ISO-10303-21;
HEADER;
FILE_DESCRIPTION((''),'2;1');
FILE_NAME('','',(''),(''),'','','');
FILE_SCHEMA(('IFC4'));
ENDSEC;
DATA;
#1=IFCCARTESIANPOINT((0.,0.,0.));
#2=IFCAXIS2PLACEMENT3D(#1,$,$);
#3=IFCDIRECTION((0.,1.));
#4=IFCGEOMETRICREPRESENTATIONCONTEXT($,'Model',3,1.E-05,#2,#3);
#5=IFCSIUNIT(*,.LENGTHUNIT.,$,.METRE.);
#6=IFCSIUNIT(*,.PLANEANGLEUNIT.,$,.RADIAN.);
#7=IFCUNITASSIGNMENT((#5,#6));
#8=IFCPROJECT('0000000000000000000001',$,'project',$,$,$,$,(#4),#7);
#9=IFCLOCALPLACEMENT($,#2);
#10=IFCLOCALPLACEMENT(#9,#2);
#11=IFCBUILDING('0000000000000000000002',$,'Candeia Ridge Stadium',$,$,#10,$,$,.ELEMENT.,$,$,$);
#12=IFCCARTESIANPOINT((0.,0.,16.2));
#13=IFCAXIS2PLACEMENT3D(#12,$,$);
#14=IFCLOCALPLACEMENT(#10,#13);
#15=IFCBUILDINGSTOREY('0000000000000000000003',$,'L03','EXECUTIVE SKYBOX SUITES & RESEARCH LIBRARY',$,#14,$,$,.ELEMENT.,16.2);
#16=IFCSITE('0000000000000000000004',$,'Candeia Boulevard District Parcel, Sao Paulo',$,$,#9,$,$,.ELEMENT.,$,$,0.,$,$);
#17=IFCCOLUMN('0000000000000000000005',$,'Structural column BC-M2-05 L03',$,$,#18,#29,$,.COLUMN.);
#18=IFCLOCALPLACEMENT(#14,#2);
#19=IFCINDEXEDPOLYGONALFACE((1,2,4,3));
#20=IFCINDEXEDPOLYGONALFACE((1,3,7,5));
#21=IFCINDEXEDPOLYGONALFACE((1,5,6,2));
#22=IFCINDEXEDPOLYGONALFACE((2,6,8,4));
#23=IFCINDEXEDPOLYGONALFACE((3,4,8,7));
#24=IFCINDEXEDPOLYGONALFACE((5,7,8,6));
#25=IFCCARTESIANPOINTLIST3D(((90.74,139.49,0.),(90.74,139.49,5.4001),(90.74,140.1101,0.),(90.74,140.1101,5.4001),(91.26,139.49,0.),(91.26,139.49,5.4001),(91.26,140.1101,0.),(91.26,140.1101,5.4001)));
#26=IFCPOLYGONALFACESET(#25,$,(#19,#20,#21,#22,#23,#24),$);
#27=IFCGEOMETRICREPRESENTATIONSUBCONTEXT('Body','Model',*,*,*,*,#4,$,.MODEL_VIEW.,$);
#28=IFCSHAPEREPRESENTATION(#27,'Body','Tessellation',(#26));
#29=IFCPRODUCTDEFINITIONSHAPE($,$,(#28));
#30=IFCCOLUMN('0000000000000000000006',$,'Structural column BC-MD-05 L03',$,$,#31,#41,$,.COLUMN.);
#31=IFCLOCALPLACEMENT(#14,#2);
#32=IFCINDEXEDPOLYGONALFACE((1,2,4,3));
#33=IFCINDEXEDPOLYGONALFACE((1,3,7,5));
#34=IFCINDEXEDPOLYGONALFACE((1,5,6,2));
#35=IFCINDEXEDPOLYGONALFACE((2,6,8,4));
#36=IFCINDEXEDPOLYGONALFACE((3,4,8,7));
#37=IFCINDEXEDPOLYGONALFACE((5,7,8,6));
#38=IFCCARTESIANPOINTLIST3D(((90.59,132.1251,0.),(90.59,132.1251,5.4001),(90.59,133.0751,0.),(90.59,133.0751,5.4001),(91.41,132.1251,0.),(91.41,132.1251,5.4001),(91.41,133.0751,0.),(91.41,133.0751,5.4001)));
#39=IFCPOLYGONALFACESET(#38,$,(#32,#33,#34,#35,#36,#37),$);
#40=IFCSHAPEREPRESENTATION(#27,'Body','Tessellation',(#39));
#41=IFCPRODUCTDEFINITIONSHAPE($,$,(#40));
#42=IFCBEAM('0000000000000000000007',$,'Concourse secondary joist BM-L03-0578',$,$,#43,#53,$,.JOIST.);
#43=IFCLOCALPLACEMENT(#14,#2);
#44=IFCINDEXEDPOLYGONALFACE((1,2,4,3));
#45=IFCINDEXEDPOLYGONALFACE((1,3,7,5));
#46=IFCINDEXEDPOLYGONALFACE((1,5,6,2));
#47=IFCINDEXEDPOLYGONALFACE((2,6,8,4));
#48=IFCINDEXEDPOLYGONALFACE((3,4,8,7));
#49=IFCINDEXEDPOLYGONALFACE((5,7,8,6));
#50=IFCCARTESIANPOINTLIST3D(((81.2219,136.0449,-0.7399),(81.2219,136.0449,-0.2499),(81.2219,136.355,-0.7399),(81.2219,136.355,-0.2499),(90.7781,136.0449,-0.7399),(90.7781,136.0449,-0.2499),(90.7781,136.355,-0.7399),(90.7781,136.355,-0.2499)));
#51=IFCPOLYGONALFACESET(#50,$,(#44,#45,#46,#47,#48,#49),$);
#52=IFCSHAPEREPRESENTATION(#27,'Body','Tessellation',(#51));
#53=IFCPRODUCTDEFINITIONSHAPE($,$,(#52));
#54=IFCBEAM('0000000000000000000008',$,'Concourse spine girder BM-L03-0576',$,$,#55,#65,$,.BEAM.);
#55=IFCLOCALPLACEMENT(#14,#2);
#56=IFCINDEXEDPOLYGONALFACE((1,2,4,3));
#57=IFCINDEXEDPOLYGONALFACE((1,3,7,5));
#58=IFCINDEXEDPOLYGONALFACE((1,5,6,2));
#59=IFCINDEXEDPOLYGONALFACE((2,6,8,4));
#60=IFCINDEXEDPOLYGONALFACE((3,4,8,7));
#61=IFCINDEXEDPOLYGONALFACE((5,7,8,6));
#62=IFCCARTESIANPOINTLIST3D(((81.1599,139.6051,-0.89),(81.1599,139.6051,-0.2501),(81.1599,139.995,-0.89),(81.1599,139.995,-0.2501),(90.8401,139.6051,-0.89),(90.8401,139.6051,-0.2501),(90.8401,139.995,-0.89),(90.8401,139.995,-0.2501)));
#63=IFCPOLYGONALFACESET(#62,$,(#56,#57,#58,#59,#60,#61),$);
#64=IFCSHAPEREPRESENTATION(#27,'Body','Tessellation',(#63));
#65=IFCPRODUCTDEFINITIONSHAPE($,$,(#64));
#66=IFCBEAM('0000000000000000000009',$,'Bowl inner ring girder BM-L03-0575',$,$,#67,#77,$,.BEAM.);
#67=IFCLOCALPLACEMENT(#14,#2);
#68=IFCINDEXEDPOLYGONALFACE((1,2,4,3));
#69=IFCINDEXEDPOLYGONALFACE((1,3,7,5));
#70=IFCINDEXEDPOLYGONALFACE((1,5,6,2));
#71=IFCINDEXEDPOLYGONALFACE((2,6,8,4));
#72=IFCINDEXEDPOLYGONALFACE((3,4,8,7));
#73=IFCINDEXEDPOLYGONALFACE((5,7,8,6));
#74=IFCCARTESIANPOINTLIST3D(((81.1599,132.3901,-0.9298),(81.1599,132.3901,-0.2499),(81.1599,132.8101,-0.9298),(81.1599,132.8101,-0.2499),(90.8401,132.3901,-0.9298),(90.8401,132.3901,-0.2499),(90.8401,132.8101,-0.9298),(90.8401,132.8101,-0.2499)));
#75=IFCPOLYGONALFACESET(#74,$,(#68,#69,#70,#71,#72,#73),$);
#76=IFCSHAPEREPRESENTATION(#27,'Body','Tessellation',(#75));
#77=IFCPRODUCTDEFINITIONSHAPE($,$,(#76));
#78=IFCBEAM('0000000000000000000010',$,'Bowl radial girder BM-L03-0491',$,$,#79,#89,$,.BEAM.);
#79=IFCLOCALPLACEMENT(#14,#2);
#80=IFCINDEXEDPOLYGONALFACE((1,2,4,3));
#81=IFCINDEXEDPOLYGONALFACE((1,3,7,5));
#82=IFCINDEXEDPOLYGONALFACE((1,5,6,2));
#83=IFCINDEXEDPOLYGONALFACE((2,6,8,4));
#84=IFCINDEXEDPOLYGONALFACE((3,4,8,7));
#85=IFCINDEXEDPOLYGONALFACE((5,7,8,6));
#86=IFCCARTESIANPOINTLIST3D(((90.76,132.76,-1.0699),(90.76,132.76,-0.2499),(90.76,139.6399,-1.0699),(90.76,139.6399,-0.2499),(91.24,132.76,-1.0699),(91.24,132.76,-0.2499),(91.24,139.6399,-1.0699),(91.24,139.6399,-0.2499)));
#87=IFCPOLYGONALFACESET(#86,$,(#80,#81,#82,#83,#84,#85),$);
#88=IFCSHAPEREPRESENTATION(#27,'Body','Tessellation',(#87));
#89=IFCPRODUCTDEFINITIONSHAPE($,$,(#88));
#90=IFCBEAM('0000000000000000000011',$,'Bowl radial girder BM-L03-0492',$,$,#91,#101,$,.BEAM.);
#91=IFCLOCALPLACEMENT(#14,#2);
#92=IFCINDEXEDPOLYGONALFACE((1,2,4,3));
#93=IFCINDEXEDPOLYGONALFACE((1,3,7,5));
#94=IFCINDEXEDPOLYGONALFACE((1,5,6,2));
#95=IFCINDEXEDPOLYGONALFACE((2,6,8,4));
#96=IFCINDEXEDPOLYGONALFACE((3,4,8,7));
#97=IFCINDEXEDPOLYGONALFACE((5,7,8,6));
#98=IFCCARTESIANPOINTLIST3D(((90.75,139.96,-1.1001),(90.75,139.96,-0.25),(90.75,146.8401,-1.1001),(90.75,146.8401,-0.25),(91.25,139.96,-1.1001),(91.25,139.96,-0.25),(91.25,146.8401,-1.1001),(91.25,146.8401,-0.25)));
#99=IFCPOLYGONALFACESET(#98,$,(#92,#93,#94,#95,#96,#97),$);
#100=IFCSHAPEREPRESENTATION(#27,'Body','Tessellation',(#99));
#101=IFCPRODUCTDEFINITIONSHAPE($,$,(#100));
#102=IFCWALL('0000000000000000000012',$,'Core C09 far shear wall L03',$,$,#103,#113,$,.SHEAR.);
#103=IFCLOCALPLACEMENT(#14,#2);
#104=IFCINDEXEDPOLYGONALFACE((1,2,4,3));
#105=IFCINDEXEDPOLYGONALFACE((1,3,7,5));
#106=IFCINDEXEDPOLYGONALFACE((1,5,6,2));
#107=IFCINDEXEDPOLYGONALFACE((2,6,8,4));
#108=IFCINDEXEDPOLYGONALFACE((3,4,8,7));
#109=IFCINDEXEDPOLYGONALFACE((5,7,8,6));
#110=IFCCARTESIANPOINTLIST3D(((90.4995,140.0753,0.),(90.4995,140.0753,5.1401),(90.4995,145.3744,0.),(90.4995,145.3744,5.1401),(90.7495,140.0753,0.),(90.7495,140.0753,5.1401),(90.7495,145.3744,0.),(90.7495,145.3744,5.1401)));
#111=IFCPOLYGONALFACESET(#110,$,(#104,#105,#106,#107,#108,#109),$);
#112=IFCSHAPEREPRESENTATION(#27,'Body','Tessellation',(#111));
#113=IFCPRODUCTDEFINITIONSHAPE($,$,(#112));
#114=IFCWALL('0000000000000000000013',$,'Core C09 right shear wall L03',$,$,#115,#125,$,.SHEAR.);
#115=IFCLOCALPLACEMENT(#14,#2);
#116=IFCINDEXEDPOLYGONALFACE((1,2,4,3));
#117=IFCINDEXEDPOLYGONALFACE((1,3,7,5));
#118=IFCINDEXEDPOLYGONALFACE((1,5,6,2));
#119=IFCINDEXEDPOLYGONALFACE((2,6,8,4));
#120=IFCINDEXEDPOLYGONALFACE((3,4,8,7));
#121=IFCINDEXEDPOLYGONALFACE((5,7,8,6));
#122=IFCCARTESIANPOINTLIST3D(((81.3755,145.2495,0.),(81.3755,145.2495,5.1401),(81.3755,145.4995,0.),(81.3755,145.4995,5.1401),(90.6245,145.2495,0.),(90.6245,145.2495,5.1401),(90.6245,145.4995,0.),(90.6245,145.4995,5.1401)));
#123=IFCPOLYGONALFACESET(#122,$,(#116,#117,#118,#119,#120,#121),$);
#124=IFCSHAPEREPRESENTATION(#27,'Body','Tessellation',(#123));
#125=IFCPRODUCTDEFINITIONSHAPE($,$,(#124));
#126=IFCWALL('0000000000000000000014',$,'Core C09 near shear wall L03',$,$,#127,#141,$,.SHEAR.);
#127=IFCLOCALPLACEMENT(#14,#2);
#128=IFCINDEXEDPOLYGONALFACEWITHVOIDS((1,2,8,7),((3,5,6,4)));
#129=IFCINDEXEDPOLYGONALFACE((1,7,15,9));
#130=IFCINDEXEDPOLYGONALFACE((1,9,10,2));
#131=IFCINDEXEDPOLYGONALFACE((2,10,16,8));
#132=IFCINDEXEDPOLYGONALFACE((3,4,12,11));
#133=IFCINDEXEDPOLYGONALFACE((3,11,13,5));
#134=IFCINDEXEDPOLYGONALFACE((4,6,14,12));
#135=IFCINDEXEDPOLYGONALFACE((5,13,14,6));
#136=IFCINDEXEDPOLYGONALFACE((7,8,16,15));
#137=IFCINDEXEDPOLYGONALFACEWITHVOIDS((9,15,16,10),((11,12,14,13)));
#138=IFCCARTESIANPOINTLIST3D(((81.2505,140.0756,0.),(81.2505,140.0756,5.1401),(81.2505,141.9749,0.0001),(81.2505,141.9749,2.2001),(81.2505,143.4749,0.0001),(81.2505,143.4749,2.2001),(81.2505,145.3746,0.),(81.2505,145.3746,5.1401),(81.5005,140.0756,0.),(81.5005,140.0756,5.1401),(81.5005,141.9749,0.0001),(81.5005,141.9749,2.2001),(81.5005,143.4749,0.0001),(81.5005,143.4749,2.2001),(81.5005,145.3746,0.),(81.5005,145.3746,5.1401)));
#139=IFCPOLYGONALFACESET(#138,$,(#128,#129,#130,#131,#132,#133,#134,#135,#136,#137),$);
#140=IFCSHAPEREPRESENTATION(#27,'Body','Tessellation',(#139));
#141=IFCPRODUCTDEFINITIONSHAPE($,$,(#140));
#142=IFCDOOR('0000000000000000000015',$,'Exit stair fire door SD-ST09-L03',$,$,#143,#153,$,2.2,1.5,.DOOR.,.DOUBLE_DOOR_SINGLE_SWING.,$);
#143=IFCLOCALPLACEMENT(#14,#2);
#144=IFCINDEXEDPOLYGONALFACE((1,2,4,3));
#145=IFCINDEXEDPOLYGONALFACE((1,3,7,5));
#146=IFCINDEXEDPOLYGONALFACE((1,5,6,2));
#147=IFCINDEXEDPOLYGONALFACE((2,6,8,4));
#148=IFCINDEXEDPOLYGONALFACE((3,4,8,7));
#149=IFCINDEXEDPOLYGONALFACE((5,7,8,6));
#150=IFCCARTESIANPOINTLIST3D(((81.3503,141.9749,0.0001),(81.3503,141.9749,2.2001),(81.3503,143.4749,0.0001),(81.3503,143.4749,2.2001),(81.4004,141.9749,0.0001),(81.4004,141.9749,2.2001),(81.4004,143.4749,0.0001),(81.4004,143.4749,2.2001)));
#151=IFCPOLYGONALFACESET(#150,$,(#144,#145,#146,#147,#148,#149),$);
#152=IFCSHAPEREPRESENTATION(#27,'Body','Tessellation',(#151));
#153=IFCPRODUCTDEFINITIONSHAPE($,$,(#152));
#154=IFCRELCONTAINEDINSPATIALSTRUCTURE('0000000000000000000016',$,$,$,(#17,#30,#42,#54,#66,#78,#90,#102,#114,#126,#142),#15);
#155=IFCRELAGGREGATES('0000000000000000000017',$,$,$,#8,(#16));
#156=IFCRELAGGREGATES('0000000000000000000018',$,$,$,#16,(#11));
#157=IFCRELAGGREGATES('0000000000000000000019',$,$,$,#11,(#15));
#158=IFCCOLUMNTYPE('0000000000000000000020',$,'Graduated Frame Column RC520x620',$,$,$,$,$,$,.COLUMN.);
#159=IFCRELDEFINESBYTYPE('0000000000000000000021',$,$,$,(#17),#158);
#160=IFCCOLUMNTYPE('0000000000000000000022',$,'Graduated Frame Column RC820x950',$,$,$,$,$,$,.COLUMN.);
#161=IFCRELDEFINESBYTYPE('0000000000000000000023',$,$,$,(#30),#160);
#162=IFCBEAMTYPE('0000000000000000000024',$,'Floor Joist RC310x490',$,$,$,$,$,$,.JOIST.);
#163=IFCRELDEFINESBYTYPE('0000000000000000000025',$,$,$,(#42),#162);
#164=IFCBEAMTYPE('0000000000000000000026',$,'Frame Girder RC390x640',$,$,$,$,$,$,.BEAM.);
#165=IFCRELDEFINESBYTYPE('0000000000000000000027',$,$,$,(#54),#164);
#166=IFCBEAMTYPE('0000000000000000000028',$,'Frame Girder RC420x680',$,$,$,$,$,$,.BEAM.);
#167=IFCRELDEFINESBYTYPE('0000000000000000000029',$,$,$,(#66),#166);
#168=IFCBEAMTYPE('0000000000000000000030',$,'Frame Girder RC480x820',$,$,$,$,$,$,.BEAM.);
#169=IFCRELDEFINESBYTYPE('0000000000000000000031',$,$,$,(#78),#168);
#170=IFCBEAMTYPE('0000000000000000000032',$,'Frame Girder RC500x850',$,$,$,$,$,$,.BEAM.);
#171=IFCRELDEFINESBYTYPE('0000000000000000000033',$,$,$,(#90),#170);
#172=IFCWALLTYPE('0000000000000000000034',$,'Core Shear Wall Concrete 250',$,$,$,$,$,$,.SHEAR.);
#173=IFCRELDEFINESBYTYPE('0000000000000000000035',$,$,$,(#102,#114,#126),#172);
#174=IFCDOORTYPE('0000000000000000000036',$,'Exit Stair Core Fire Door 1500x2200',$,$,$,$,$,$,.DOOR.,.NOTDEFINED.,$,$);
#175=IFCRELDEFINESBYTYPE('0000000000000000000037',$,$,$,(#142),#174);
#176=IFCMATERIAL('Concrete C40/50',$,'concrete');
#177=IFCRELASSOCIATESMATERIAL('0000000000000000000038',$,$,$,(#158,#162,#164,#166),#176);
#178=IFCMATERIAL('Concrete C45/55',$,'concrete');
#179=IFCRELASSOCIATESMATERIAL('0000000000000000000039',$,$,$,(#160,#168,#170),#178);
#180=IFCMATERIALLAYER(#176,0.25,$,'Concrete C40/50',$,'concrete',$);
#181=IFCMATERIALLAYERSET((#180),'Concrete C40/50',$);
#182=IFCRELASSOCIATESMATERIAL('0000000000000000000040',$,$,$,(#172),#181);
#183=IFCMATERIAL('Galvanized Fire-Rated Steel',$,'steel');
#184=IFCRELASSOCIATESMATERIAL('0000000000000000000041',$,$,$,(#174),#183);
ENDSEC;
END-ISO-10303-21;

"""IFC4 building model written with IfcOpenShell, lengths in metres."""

from ifc_helpers import new_model, si_unit, direction, frame, frame_2d, origin, origin_2d, place, context, subcontext, project, spatial, rectangle, extrude, material, layer, layer_set, material_profile, profile_set, type_object, element, fill, save


model = new_model("IFC4")

# Units and contexts
model_context = context("Model", 3, precision=1e-05, world=origin(), true_north=direction((0.0, 1.0)))
body_context = subcontext(model_context, "Body", "Model", "MODEL_VIEW")
ifc_project = project(units=[si_unit("LENGTHUNIT", "METRE"), si_unit("PLANEANGLEUNIT", "RADIAN")], contexts=[model_context])

# Site, building, storey
site_placement = place(None, origin())
site = spatial("IfcSite", under=ifc_project, at=site_placement, Name="Candeia Boulevard District Parcel, Sao Paulo", CompositionType="ELEMENT", RefElevation=0.0)
building_placement = place(site_placement, origin())
building = spatial("IfcBuilding", under=site, at=building_placement, Name="Candeia Ridge Stadium", CompositionType="ELEMENT")
storey_placement = place(building_placement, frame((0.0, 0.0, 16.2)))
storey = spatial("IfcBuildingStorey", under=building, at=storey_placement, Name="L03", Description="EXECUTIVE SKYBOX SUITES & RESEARCH LIBRARY", CompositionType="ELEMENT", Elevation=16.2)

# Columns
ifc_material_1 = material(Name="Concrete C40/50", Category="concrete")
ifc_material_profile_1 = material_profile(ifc_material_1, rectangle(XDim=0.52, YDim=0.6201, at=origin_2d()), Name="RC520x620", Category="concrete")
ifc_profile_set_1 = profile_set([ifc_material_profile_1], Name="Concrete C40/50")
column_type_1 = type_object("IfcColumnType", Name="Graduated Frame Column RC520x620", PredefinedType="COLUMN", material=ifc_profile_set_1)
column_1_placement = place(storey_placement, frame((91.0, 139.8, 0.0), z_axis=(0.0, 0.0, 1.0), x_axis=(1.0, 0.0, 0.0)))
element("IfcColumn", 1, at=column_1_placement, inside=storey, type_object=column_type_1, Name="Structural column BC-M2-05 L03", PredefinedType="COLUMN", context=body_context, shape_type="SweptSolid", body=[
    extrude(rectangle(XDim=0.52, YDim=0.6201, at=origin_2d()), origin(), (0.0, 0.0, 1.0), 5.4001),
])
ifc_material_2 = material(Name="Concrete C45/55", Category="concrete")
ifc_material_profile_2 = material_profile(ifc_material_2, rectangle(XDim=0.8201, YDim=0.95, at=origin_2d()), Name="RC820x950", Category="concrete")
ifc_profile_set_2 = profile_set([ifc_material_profile_2], Name="Concrete C45/55")
column_type_2 = type_object("IfcColumnType", Name="Graduated Frame Column RC820x950", PredefinedType="COLUMN", material=ifc_profile_set_2)
column_2_placement = place(storey_placement, frame((91.0, 132.6001, 0.0), z_axis=(0.0, 0.0, 1.0), x_axis=(1.0, 0.0, 0.0)))
element("IfcColumn", 2, at=column_2_placement, inside=storey, type_object=column_type_2, Name="Structural column BC-MD-05 L03", PredefinedType="COLUMN", context=body_context, shape_type="SweptSolid", body=[
    extrude(rectangle(XDim=0.8201, YDim=0.95, at=origin_2d()), origin(), (0.0, 0.0, 1.0), 5.4001),
])

# Beams
ifc_material_profile_3 = material_profile(ifc_material_1, rectangle(XDim=0.3101, YDim=0.49, at=origin_2d()), Name="RC310x490", Category="concrete")
ifc_profile_set_3 = profile_set([ifc_material_profile_3], Name="Concrete C40/50")
beam_type_1 = type_object("IfcBeamType", Name="Floor Joist RC310x490", PredefinedType="JOIST", material=ifc_profile_set_3)
beam_1_placement = place(storey_placement, frame((90.7781, 136.2, -0.4949), z_axis=(-1.0, 0.0, 0.0), x_axis=(0.0, -1.0, 0.0)))
element("IfcBeam", 3, at=beam_1_placement, inside=storey, type_object=beam_type_1, Name="Concourse secondary joist BM-L03-0578", PredefinedType="JOIST", context=body_context, shape_type="SweptSolid", body=[
    extrude(rectangle(XDim=0.3101, YDim=0.49, at=origin_2d()), origin(), (0.0, 0.0, 1.0), 9.5562),
])
ifc_material_profile_4 = material_profile(ifc_material_1, rectangle(XDim=0.3899, YDim=0.6399, at=origin_2d()), Name="RC390x640", Category="concrete")
ifc_profile_set_4 = profile_set([ifc_material_profile_4], Name="Concrete C40/50")
beam_type_2 = type_object("IfcBeamType", Name="Frame Girder RC390x640", PredefinedType="BEAM", material=ifc_profile_set_4)
beam_2_placement = place(storey_placement, frame((90.8401, 139.8, -0.5701), z_axis=(-1.0, 0.0, 0.0), x_axis=(0.0, -1.0, 0.0)))
element("IfcBeam", 4, at=beam_2_placement, inside=storey, type_object=beam_type_2, Name="Concourse spine girder BM-L03-0576", PredefinedType="BEAM", context=body_context, shape_type="SweptSolid", body=[
    extrude(rectangle(XDim=0.3899, YDim=0.6399, at=origin_2d()), origin(), (0.0, 0.0, 1.0), 9.6802),
])
ifc_material_profile_5 = material_profile(ifc_material_1, rectangle(XDim=0.4199, YDim=0.6799, at=origin_2d()), Name="RC420x680", Category="concrete")
ifc_profile_set_5 = profile_set([ifc_material_profile_5], Name="Concrete C40/50")
beam_type_3 = type_object("IfcBeamType", Name="Frame Girder RC420x680", PredefinedType="BEAM", material=ifc_profile_set_5)
beam_3_placement = place(storey_placement, frame((90.8401, 132.6001, -0.5898), z_axis=(-1.0, 0.0, 0.0), x_axis=(0.0, -1.0, 0.0)))
element("IfcBeam", 5, at=beam_3_placement, inside=storey, type_object=beam_type_3, Name="Bowl inner ring girder BM-L03-0575", PredefinedType="BEAM", context=body_context, shape_type="SweptSolid", body=[
    extrude(rectangle(XDim=0.4199, YDim=0.6799, at=origin_2d()), origin(), (0.0, 0.0, 1.0), 9.6802),
])
ifc_material_profile_6 = material_profile(ifc_material_2, rectangle(XDim=0.48, YDim=0.8201, at=origin_2d()), Name="RC480x820", Category="concrete")
ifc_profile_set_6 = profile_set([ifc_material_profile_6], Name="Concrete C45/55")
beam_type_4 = type_object("IfcBeamType", Name="Frame Girder RC480x820", PredefinedType="BEAM", material=ifc_profile_set_6)
beam_4_placement = place(storey_placement, frame((91.0, 132.76, -0.6599), z_axis=(0.0, 1.0, 0.0), x_axis=(-1.0, 0.0, 0.0)))
element("IfcBeam", 6, at=beam_4_placement, inside=storey, type_object=beam_type_4, Name="Bowl radial girder BM-L03-0491", PredefinedType="BEAM", context=body_context, shape_type="SweptSolid", body=[
    extrude(rectangle(XDim=0.48, YDim=0.8201, at=origin_2d()), origin(), (0.0, 0.0, 1.0), 6.8799),
])
ifc_material_profile_7 = material_profile(ifc_material_2, rectangle(XDim=0.5, YDim=0.8501, at=origin_2d()), Name="RC500x850", Category="concrete")
ifc_profile_set_7 = profile_set([ifc_material_profile_7], Name="Concrete C45/55")
beam_type_5 = type_object("IfcBeamType", Name="Frame Girder RC500x850", PredefinedType="BEAM", material=ifc_profile_set_7)
beam_5_placement = place(storey_placement, frame((91.0, 139.96, -0.675), z_axis=(0.0, 1.0, 0.0), x_axis=(-1.0, 0.0, 0.0)))
element("IfcBeam", 7, at=beam_5_placement, inside=storey, type_object=beam_type_5, Name="Bowl radial girder BM-L03-0492", PredefinedType="BEAM", context=body_context, shape_type="SweptSolid", body=[
    extrude(rectangle(XDim=0.5, YDim=0.8501, at=origin_2d()), origin(), (0.0, 0.0, 1.0), 6.8801),
])

# Walls
ifc_layer_1 = layer(ifc_material_1, 0.25, Name="Concrete C40/50", Category="concrete")
ifc_layer_set_1 = layer_set([ifc_layer_1], Name="Concrete C40/50")
wall_type_1 = type_object("IfcWallType", Name="Core Shear Wall Concrete 250", PredefinedType="SHEAR", material=ifc_layer_set_1)
wall_1_placement = place(storey_placement, frame((90.6245, 140.0754, 0.0), z_axis=(0.0, 0.0, 1.0), x_axis=(0.0, 1.0, 0.0)))
element("IfcWall", 8, at=wall_1_placement, inside=storey, type_object=wall_type_1, Name="Core C09 far shear wall L03", PredefinedType="SHEAR", context=body_context, shape_type="SweptSolid", body=[
    extrude(rectangle(XDim=5.2991, YDim=0.25, at=frame_2d((2.6494, 0.0))), origin(), (0.0, 0.0, 1.0), 5.1401),
])
wall_2_placement = place(storey_placement, frame((90.6245, 145.3745, 0.0), z_axis=(0.0, 0.0, 1.0), x_axis=(-1.0, 0.0, 0.0)))
element("IfcWall", 9, at=wall_2_placement, inside=storey, type_object=wall_type_1, Name="Core C09 right shear wall L03", PredefinedType="SHEAR", context=body_context, shape_type="SweptSolid", body=[
    extrude(rectangle(XDim=9.249, YDim=0.25, at=frame_2d((4.6245, 0.0))), origin(), (0.0, 0.0, 1.0), 5.1401),
])

# Wall, opening, door
wall_3_placement = place(storey_placement, frame((81.3755, 145.3745, 0.0), z_axis=(0.0, 0.0, 1.0), x_axis=(0.0, -1.0, 0.0)))
wall_3 = element("IfcWall", 10, at=wall_3_placement, inside=storey, type_object=wall_type_1, Name="Core C09 near shear wall L03", PredefinedType="SHEAR", context=body_context, shape_type="SweptSolid", body=[
    extrude(rectangle(XDim=5.2991, YDim=0.25, at=frame_2d((2.6494, 0.0))), origin(), (0.0, 0.0, 1.0), 5.1401),
])
opening_1_placement = place(wall_3_placement, frame((1.8997, 0.0, 0.0)))
opening_1 = element("IfcOpeningElement", 11, at=opening_1_placement, cuts=wall_3, PredefinedType="OPENING", context=body_context, shape_type="SweptSolid", body=[
    extrude(rectangle(XDim=1.5, YDim=2.2, at=frame_2d((0.75, 1.1001))), frame((0.0, 0.135, 0.0), z_axis=(0.0, -1.0, 0.0), x_axis=(1.0, 0.0, 0.0)), (0.0, 0.0, 1.0), 0.27),
])
ifc_material_3 = material(Name="Galvanized Fire-Rated Steel", Category="steel")
door_type_1 = type_object("IfcDoorType", Name="Exit Stair Core Fire Door 1500x2200", OperationType="NOTDEFINED", PredefinedType="DOOR", material=ifc_material_3)
door_1_placement = place(opening_1_placement, origin())
door_1 = element("IfcDoor", 12, at=door_1_placement, inside=storey, type_object=door_type_1, Name="Exit stair fire door SD-ST09-L03", OperationType="DOUBLE_DOOR_SINGLE_SWING", OverallHeight=2.2, OverallWidth=1.5, PredefinedType="DOOR", context=body_context, shape_type="SweptSolid", body=[
    extrude(rectangle(XDim=1.5, YDim=2.2, at=frame_2d((0.75, 1.1001))), frame((0.0, 0.0249, 0.0), z_axis=(0.0, -1.0, 0.0), x_axis=(1.0, 0.0, 0.0)), (0.0, 0.0, 1.0), 0.05),
])
fill(opening_1, door_1)

save(model, "model.ifc")
